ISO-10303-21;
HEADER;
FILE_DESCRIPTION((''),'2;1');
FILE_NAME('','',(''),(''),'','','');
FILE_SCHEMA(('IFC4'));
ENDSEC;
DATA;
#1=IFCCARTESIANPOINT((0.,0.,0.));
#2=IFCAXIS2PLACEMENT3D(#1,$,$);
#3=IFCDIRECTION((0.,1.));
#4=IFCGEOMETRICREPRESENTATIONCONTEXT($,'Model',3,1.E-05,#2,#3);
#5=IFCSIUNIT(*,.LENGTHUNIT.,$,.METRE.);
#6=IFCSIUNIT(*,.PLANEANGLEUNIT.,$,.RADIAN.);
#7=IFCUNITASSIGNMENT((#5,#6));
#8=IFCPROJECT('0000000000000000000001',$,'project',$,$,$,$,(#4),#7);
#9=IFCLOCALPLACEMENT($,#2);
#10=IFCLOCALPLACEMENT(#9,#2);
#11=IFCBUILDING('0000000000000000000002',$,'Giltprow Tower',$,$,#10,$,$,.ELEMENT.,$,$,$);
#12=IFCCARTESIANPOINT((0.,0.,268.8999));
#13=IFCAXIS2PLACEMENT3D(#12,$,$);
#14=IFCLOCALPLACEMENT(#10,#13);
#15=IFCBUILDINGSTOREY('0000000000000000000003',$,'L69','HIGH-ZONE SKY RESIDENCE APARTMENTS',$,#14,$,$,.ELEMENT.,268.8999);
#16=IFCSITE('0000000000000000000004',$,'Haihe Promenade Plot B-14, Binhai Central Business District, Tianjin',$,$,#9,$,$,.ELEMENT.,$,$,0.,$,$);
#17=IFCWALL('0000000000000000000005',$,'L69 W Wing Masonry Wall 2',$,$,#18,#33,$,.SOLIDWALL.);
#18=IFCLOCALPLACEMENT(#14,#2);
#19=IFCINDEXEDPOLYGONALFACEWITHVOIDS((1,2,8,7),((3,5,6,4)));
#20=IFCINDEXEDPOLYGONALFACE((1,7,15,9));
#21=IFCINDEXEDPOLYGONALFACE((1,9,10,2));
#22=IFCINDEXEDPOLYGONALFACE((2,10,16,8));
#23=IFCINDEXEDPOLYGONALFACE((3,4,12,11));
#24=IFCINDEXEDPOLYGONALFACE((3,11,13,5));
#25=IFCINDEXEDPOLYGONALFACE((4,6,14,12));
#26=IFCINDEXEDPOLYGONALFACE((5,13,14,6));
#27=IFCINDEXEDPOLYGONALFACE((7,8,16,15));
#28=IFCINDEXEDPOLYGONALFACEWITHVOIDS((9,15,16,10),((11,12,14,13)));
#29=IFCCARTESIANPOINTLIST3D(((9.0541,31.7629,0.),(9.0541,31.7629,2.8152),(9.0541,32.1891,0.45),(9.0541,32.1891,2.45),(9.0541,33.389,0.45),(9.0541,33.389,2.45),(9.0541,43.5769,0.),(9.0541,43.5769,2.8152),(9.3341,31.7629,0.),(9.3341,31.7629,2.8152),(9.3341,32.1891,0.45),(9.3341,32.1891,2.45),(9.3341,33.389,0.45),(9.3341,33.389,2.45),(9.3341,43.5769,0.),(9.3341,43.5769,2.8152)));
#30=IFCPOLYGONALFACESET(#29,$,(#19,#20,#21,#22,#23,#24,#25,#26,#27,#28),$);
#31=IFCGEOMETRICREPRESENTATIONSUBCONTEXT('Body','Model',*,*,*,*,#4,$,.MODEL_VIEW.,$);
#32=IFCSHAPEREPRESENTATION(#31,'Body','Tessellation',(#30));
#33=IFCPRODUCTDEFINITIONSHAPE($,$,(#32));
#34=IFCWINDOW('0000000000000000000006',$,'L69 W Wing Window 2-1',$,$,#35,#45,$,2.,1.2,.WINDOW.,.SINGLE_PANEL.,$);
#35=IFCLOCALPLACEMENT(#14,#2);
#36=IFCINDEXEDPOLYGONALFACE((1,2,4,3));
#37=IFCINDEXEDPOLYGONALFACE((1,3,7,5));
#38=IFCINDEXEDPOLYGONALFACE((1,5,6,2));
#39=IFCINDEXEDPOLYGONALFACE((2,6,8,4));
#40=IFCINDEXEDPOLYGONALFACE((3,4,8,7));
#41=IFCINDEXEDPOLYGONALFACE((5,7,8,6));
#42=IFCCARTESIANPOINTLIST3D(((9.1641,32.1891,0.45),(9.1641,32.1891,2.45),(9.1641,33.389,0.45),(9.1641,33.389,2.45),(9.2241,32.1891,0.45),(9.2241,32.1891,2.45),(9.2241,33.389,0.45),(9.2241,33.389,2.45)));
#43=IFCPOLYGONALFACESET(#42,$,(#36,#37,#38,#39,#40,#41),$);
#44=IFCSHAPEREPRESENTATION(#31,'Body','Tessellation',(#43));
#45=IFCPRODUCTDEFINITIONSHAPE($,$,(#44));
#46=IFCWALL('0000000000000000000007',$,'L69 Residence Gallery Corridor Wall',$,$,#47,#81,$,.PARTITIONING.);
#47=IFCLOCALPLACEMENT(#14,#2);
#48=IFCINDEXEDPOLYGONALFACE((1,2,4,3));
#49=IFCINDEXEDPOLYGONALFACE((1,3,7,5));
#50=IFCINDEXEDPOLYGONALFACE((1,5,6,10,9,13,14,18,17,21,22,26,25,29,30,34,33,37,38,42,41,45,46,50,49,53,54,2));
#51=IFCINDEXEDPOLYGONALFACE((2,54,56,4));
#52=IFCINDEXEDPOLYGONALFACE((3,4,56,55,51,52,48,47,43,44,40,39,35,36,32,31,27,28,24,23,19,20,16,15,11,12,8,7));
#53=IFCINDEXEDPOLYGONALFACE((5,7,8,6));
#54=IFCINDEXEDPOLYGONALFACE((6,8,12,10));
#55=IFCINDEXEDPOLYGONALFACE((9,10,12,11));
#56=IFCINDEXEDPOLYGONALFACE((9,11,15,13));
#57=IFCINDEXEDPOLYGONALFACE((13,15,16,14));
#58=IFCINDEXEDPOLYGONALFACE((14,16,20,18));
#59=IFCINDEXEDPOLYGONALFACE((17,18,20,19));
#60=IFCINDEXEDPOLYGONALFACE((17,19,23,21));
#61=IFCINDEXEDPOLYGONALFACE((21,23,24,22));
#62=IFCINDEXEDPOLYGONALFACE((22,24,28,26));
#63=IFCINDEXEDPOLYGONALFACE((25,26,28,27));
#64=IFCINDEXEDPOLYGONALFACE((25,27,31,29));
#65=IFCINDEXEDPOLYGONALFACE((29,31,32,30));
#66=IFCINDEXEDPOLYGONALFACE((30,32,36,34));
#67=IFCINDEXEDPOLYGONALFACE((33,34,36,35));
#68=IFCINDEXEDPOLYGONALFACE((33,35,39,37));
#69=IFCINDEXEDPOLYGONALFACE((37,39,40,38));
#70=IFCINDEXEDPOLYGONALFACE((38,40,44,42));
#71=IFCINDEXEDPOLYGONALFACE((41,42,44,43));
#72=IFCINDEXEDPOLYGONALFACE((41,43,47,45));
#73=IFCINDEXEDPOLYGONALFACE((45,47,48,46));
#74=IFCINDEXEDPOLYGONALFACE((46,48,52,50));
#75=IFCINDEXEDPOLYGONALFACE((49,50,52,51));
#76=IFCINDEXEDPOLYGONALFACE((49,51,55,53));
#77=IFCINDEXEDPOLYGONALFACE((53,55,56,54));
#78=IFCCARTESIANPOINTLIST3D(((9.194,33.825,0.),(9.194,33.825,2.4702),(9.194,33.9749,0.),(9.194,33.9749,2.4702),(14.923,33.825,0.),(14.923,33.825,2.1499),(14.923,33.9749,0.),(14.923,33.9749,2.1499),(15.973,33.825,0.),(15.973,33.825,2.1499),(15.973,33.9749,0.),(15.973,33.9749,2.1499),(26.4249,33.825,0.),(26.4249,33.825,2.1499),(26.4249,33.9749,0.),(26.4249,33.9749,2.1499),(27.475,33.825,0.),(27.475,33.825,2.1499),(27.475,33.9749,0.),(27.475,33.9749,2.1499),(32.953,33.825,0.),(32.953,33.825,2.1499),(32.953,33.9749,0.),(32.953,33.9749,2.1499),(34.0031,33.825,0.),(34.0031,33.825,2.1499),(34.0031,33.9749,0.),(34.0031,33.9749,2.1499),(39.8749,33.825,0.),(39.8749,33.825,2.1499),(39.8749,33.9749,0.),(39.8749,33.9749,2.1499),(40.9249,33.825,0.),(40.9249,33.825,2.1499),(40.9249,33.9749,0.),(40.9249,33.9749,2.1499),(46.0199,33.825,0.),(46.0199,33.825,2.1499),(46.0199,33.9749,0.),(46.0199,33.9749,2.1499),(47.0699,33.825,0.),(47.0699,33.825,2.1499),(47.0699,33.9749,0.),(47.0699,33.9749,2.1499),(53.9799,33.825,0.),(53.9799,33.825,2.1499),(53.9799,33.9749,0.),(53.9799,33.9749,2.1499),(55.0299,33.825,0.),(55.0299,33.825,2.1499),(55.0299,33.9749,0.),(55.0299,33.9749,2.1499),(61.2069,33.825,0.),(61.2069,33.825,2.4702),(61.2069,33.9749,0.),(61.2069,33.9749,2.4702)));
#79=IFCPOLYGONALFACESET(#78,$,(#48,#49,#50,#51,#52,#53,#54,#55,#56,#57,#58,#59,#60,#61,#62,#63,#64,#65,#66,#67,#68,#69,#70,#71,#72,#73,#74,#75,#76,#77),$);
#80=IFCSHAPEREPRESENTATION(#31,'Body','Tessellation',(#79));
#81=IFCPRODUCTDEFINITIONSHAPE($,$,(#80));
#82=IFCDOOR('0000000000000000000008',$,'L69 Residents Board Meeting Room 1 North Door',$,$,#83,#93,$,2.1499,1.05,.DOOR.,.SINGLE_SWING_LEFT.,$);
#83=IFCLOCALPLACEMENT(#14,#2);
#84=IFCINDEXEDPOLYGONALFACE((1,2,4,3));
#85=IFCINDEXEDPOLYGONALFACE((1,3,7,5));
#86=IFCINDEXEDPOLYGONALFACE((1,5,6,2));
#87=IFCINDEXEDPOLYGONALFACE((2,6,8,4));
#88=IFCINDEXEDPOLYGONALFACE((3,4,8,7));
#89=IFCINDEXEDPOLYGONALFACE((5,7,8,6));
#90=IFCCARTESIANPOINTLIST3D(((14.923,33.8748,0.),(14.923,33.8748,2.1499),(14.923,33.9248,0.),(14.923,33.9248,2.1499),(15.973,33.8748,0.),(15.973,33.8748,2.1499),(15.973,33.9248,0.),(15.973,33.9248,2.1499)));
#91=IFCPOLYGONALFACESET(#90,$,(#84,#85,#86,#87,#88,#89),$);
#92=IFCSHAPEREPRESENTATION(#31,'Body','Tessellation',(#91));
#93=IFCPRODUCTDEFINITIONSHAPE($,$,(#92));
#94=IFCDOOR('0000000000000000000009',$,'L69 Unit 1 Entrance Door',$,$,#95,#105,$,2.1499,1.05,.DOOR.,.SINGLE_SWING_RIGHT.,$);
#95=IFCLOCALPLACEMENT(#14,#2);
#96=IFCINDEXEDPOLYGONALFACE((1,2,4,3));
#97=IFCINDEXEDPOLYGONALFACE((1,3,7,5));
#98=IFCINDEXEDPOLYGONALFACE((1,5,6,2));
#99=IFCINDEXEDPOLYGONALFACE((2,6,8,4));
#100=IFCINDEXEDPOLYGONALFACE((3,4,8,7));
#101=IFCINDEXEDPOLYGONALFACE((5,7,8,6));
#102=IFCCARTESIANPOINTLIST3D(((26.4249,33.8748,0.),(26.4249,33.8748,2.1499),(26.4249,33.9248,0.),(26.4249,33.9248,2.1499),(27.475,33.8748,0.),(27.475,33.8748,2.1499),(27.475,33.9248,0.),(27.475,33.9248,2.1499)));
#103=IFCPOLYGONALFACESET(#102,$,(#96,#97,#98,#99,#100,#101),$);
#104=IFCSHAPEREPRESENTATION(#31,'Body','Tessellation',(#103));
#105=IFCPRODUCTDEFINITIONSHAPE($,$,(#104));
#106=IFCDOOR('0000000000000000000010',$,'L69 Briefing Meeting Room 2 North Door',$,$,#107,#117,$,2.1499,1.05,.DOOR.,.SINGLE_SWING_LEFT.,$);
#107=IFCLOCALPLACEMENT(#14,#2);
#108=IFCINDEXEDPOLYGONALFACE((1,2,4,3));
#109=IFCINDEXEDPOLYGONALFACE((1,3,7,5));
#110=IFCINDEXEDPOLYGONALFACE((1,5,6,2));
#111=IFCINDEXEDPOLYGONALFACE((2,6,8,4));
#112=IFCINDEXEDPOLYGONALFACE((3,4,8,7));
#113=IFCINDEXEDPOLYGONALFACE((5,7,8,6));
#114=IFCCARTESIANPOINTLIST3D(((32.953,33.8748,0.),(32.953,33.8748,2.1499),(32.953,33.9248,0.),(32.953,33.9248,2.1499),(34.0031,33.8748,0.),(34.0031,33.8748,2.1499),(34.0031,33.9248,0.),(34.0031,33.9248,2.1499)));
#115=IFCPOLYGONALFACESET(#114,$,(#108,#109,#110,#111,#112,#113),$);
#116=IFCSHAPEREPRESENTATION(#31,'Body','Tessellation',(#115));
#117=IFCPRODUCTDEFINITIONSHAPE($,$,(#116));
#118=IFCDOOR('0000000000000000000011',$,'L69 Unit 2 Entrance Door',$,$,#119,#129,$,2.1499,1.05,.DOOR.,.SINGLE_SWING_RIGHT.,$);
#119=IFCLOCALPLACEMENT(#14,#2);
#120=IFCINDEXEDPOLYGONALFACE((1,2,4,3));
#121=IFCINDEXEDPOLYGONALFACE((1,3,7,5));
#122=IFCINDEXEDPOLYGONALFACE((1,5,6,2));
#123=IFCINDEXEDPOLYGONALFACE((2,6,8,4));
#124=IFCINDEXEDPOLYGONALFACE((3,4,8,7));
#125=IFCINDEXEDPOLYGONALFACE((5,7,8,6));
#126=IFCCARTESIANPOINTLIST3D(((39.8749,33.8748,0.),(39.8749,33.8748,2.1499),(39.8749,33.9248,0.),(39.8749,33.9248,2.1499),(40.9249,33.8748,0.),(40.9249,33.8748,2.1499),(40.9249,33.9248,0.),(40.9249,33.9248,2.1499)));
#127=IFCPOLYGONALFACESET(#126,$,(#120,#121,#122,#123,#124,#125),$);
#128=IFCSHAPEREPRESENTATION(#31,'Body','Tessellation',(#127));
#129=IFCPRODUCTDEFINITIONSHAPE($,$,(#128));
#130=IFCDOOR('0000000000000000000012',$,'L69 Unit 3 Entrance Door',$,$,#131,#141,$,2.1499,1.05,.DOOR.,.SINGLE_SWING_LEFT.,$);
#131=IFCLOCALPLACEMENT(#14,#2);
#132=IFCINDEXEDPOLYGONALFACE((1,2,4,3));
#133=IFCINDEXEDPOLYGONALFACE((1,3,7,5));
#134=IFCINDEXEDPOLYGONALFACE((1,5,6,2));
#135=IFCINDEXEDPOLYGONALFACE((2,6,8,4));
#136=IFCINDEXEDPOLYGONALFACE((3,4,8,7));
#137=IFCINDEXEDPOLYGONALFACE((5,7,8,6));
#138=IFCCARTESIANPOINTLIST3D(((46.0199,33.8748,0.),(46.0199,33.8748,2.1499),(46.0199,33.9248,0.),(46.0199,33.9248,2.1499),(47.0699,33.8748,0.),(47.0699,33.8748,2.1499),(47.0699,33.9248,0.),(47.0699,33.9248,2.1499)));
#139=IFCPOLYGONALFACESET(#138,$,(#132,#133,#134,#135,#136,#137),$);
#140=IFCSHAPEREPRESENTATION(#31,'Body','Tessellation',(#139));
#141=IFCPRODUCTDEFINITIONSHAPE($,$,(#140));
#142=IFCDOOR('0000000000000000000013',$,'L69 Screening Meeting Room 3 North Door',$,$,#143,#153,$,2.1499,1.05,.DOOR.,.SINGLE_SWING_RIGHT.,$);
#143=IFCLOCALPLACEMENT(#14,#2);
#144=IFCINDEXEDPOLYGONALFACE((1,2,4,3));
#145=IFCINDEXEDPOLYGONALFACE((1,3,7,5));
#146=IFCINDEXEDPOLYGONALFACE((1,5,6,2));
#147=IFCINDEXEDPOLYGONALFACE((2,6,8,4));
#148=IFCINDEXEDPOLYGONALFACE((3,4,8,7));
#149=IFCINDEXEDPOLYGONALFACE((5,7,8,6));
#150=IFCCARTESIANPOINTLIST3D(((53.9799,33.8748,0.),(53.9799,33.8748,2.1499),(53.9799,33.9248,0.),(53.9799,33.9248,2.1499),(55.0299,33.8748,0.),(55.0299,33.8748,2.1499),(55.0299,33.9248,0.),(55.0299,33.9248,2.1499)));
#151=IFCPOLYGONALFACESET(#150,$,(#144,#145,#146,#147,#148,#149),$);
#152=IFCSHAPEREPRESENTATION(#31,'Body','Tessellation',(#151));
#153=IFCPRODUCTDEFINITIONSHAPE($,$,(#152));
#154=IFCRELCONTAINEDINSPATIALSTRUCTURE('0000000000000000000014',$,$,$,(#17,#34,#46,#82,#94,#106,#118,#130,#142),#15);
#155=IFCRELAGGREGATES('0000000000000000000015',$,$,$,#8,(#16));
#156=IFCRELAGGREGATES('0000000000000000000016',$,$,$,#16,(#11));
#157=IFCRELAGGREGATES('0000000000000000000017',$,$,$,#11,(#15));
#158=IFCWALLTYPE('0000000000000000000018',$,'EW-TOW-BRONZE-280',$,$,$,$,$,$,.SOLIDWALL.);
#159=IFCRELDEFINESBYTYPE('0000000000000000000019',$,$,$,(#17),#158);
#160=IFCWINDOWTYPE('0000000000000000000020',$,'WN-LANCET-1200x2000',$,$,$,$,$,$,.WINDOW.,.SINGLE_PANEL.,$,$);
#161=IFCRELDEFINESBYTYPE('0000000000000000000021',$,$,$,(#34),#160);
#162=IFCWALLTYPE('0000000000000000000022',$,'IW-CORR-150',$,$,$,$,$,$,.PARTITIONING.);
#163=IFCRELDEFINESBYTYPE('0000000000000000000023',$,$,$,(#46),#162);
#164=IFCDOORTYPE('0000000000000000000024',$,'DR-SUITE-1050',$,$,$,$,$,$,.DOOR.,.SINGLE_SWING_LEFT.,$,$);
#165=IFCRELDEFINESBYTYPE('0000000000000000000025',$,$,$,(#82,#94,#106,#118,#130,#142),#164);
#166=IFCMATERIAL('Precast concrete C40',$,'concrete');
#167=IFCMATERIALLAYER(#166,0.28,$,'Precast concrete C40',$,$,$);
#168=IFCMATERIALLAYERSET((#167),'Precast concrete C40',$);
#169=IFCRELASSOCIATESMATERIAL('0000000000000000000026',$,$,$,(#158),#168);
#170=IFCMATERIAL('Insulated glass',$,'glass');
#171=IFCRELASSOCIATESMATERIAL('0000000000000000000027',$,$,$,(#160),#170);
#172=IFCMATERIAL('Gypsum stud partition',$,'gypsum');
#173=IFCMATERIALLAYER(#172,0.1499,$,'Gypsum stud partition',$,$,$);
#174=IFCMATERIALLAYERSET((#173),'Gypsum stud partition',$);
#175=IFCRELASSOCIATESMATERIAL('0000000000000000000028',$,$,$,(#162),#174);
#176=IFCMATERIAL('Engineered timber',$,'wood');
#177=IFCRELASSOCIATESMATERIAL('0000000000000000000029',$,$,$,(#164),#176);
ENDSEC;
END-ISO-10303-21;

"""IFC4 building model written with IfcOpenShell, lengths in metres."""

from ifc_helpers import new_model, si_unit, direction, frame, frame_2d, origin, place, context, subcontext, project, spatial, rectangle, extrude, source, transform, mapped, material, layer, layer_set, type_object, element, fill, save


model = new_model("IFC4")

# Units and contexts
model_context = context("Model", 3, precision=1e-05, world=origin(), true_north=direction((0.0, 1.0)))
body_context = subcontext(model_context, "Body", "Model", "MODEL_VIEW")
ifc_project = project(units=[si_unit("LENGTHUNIT", "METRE"), si_unit("PLANEANGLEUNIT", "RADIAN")], contexts=[model_context])

# Site, building, storey
site_placement = place(None, origin())
site = spatial("IfcSite", under=ifc_project, at=site_placement, Name="Haihe Promenade Plot B-14, Binhai Central Business District, Tianjin", CompositionType="ELEMENT", RefElevation=0.0)
building_placement = place(site_placement, origin())
building = spatial("IfcBuilding", under=site, at=building_placement, Name="Giltprow Tower", CompositionType="ELEMENT")
storey_placement = place(building_placement, frame((0.0, 0.0, 268.8999)))
storey = spatial("IfcBuildingStorey", under=building, at=storey_placement, Name="L69", Description="HIGH-ZONE SKY RESIDENCE APARTMENTS", CompositionType="ELEMENT", Elevation=268.8999)

# Wall, opening, window
ifc_material_1 = material(Name="Precast concrete C40", Category="concrete")
ifc_layer_1 = layer(ifc_material_1, 0.28, Name="Precast concrete C40")
ifc_layer_set_1 = layer_set([ifc_layer_1], Name="Precast concrete C40")
wall_type_1 = type_object("IfcWallType", Name="EW-TOW-BRONZE-280", PredefinedType="SOLIDWALL", material=ifc_layer_set_1)
wall_1_placement = place(storey_placement, frame((9.1941, 31.7629, 0.0), z_axis=(0.0, 0.0, 1.0), x_axis=(0.0, 1.0, 0.0)))
wall_1 = element("IfcWall", 1, at=wall_1_placement, inside=storey, type_object=wall_type_1, Name="L69 W Wing Masonry Wall 2", PredefinedType="SOLIDWALL", context=body_context, shape_type="SweptSolid", body=[
    extrude(rectangle(XDim=11.814, YDim=0.28, at=frame_2d((5.907, 0.0))), origin(), (0.0, 0.0, 1.0), 2.8152),
])
opening_1_placement = place(wall_1_placement, frame((0.426, 0.0, 0.45)))
opening_1 = element("IfcOpeningElement", 2, at=opening_1_placement, cuts=wall_1, PredefinedType="OPENING", context=body_context, shape_type="SweptSolid", body=[
    extrude(rectangle(XDim=1.2, YDim=2.0, at=frame_2d((0.6001, 1.0))), frame((0.0, 0.1499, 0.0), z_axis=(0.0, -1.0, 0.0), x_axis=(1.0, 0.0, 0.0)), (0.0, 0.0, 1.0), 0.3),
])
ifc_material_2 = material(Name="Insulated glass", Category="glass")
window_type = type_object("IfcWindowType", Name="WN-LANCET-1200x2000", PartitioningType="SINGLE_PANEL", PredefinedType="WINDOW", material=ifc_material_2)
shared_shape_1 = source(origin(), body_context, "Body", "SweptSolid", [
    extrude(rectangle(XDim=1.2, YDim=2.0, at=frame_2d((0.6001, 1.0))), frame((0.0, 0.03, 0.0), z_axis=(0.0, -1.0, 0.0), x_axis=(1.0, 0.0, 0.0)), (0.0, 0.0, 1.0), 0.0601),
])
window_placement = place(opening_1_placement, origin())
window = element("IfcWindow", 3, at=window_placement, inside=storey, type_object=window_type, Name="L69 W Wing Window 2-1", OverallHeight=2.0, OverallWidth=1.2, PartitioningType="SINGLE_PANEL", PredefinedType="WINDOW", context=body_context, shape_type="MappedRepresentation", body=[
    mapped(shared_shape_1, transform((0.0, 0.0, 0.0), x_axis=(1.0, 0.0, 0.0), y_axis=(0.0, 1.0, 0.0), z_axis=(0.0, 0.0, 1.0), scale=1.0)),
])
fill(opening_1, window)

# Wall, openings, doors
ifc_material_3 = material(Name="Gypsum stud partition", Category="gypsum")
ifc_layer_2 = layer(ifc_material_3, 0.1499, Name="Gypsum stud partition")
ifc_layer_set_2 = layer_set([ifc_layer_2], Name="Gypsum stud partition")
wall_type_2 = type_object("IfcWallType", Name="IW-CORR-150", PredefinedType="PARTITIONING", material=ifc_layer_set_2)
wall_2_placement = place(storey_placement, frame((9.1941, 33.8999, 0.0), z_axis=(0.0, 0.0, 1.0), x_axis=(1.0, 0.0, 0.0)))
wall_2 = element("IfcWall", 4, at=wall_2_placement, inside=storey, type_object=wall_type_2, Name="L69 Residence Gallery Corridor Wall", PredefinedType="PARTITIONING", context=body_context, shape_type="SweptSolid", body=[
    extrude(rectangle(XDim=52.0129, YDim=0.1499, at=frame_2d((26.0063, 0.0))), origin(), (0.0, 0.0, 1.0), 2.4702),
])
opening_2_placement = place(wall_2_placement, frame((5.729, 0.0, 0.0)))
opening_2 = element("IfcOpeningElement", 5, at=opening_2_placement, cuts=wall_2, PredefinedType="OPENING", context=body_context, shape_type="SweptSolid", body=[
    extrude(rectangle(XDim=1.05, YDim=2.1499, at=frame_2d((0.5249, 1.075))), frame((0.0, 0.085, 0.0), z_axis=(0.0, -1.0, 0.0), x_axis=(1.0, 0.0, 0.0)), (0.0, 0.0, 1.0), 0.1699),
])
opening_3_placement = place(wall_2_placement, frame((17.231, 0.0, 0.0)))
opening_3 = element("IfcOpeningElement", 6, at=opening_3_placement, cuts=wall_2, PredefinedType="OPENING", context=body_context, shape_type="SweptSolid", body=[
    extrude(rectangle(XDim=1.05, YDim=2.1499, at=frame_2d((0.5249, 1.075))), frame((0.0, 0.085, 0.0), z_axis=(0.0, -1.0, 0.0), x_axis=(1.0, 0.0, 0.0)), (0.0, 0.0, 1.0), 0.1699),
])
opening_4_placement = place(wall_2_placement, frame((23.759, 0.0, 0.0)))
opening_4 = element("IfcOpeningElement", 7, at=opening_4_placement, cuts=wall_2, PredefinedType="OPENING", context=body_context, shape_type="SweptSolid", body=[
    extrude(rectangle(XDim=1.05, YDim=2.1499, at=frame_2d((0.5249, 1.075))), frame((0.0, 0.085, 0.0), z_axis=(0.0, -1.0, 0.0), x_axis=(1.0, 0.0, 0.0)), (0.0, 0.0, 1.0), 0.1699),
])
opening_5_placement = place(wall_2_placement, frame((30.6809, 0.0, 0.0)))
opening_5 = element("IfcOpeningElement", 8, at=opening_5_placement, cuts=wall_2, PredefinedType="OPENING", context=body_context, shape_type="SweptSolid", body=[
    extrude(rectangle(XDim=1.05, YDim=2.1499, at=frame_2d((0.5249, 1.075))), frame((0.0, 0.085, 0.0), z_axis=(0.0, -1.0, 0.0), x_axis=(1.0, 0.0, 0.0)), (0.0, 0.0, 1.0), 0.1699),
])
opening_6_placement = place(wall_2_placement, frame((36.8259, 0.0, 0.0)))
opening_6 = element("IfcOpeningElement", 9, at=opening_6_placement, cuts=wall_2, PredefinedType="OPENING", context=body_context, shape_type="SweptSolid", body=[
    extrude(rectangle(XDim=1.05, YDim=2.1499, at=frame_2d((0.5249, 1.075))), frame((0.0, 0.085, 0.0), z_axis=(0.0, -1.0, 0.0), x_axis=(1.0, 0.0, 0.0)), (0.0, 0.0, 1.0), 0.1699),
])
opening_7_placement = place(wall_2_placement, frame((44.7859, 0.0, 0.0)))
opening_7 = element("IfcOpeningElement", 10, at=opening_7_placement, cuts=wall_2, PredefinedType="OPENING", context=body_context, shape_type="SweptSolid", body=[
    extrude(rectangle(XDim=1.05, YDim=2.1499, at=frame_2d((0.5249, 1.075))), frame((0.0, 0.085, 0.0), z_axis=(0.0, -1.0, 0.0), x_axis=(1.0, 0.0, 0.0)), (0.0, 0.0, 1.0), 0.1699),
])
ifc_material_4 = material(Name="Engineered timber", Category="wood")
door_type_1 = type_object("IfcDoorType", Name="DR-SUITE-1050", OperationType="SINGLE_SWING_LEFT", PredefinedType="DOOR", material=ifc_material_4)
shared_shape_2 = source(origin(), body_context, "Body", "SweptSolid", [
    extrude(rectangle(XDim=1.05, YDim=2.1499, at=frame_2d((0.5249, 1.075))), frame((0.0, 0.0249, 0.0), z_axis=(0.0, -1.0, 0.0), x_axis=(1.0, 0.0, 0.0)), (0.0, 0.0, 1.0), 0.05),
])
door_1_placement = place(opening_2_placement, origin())
door_1 = element("IfcDoor", 11, at=door_1_placement, inside=storey, type_object=door_type_1, Name="L69 Residents Board Meeting Room 1 North Door", OperationType="SINGLE_SWING_LEFT", OverallHeight=2.1499, OverallWidth=1.05, PredefinedType="DOOR", context=body_context, shape_type="MappedRepresentation", body=[
    mapped(shared_shape_2, transform((0.0, 0.0, 0.0), x_axis=(1.0, 0.0, 0.0), y_axis=(0.0, 1.0, 0.0), z_axis=(0.0, 0.0, 1.0), scale=1.0)),
])
fill(opening_2, door_1)
door_2_placement = place(opening_3_placement, origin())
door_2 = element("IfcDoor", 12, at=door_2_placement, inside=storey, type_object=door_type_1, Name="L69 Unit 1 Entrance Door", OperationType="SINGLE_SWING_RIGHT", OverallHeight=2.1499, OverallWidth=1.05, PredefinedType="DOOR", context=body_context, shape_type="MappedRepresentation", body=[
    mapped(shared_shape_2, transform((0.0, 0.0, 0.0), x_axis=(1.0, 0.0, 0.0), y_axis=(0.0, 1.0, 0.0), z_axis=(0.0, 0.0, 1.0), scale=1.0)),
])
fill(opening_3, door_2)
door_3_placement = place(opening_4_placement, origin())
door_3 = element("IfcDoor", 13, at=door_3_placement, inside=storey, type_object=door_type_1, Name="L69 Briefing Meeting Room 2 North Door", OperationType="SINGLE_SWING_LEFT", OverallHeight=2.1499, OverallWidth=1.05, PredefinedType="DOOR", context=body_context, shape_type="MappedRepresentation", body=[
    mapped(shared_shape_2, transform((0.0, 0.0, 0.0), x_axis=(1.0, 0.0, 0.0), y_axis=(0.0, 1.0, 0.0), z_axis=(0.0, 0.0, 1.0), scale=1.0)),
])
fill(opening_4, door_3)
door_4_placement = place(opening_5_placement, origin())
door_4 = element("IfcDoor", 14, at=door_4_placement, inside=storey, type_object=door_type_1, Name="L69 Unit 2 Entrance Door", OperationType="SINGLE_SWING_RIGHT", OverallHeight=2.1499, OverallWidth=1.05, PredefinedType="DOOR", context=body_context, shape_type="MappedRepresentation", body=[
    mapped(shared_shape_2, transform((0.0, 0.0, 0.0), x_axis=(1.0, 0.0, 0.0), y_axis=(0.0, 1.0, 0.0), z_axis=(0.0, 0.0, 1.0), scale=1.0)),
])
fill(opening_5, door_4)
door_5_placement = place(opening_6_placement, origin())
door_5 = element("IfcDoor", 15, at=door_5_placement, inside=storey, type_object=door_type_1, Name="L69 Unit 3 Entrance Door", OperationType="SINGLE_SWING_LEFT", OverallHeight=2.1499, OverallWidth=1.05, PredefinedType="DOOR", context=body_context, shape_type="MappedRepresentation", body=[
    mapped(shared_shape_2, transform((0.0, 0.0, 0.0), x_axis=(1.0, 0.0, 0.0), y_axis=(0.0, 1.0, 0.0), z_axis=(0.0, 0.0, 1.0), scale=1.0)),
])
fill(opening_6, door_5)
door_6_placement = place(opening_7_placement, origin())
door_6 = element("IfcDoor", 16, at=door_6_placement, inside=storey, type_object=door_type_1, Name="L69 Screening Meeting Room 3 North Door", OperationType="SINGLE_SWING_RIGHT", OverallHeight=2.1499, OverallWidth=1.05, PredefinedType="DOOR", context=body_context, shape_type="MappedRepresentation", body=[
    mapped(shared_shape_2, transform((0.0, 0.0, 0.0), x_axis=(1.0, 0.0, 0.0), y_axis=(0.0, 1.0, 0.0), z_axis=(0.0, 0.0, 1.0), scale=1.0)),
])
fill(opening_7, door_6)

save(model, "model.ifc")
